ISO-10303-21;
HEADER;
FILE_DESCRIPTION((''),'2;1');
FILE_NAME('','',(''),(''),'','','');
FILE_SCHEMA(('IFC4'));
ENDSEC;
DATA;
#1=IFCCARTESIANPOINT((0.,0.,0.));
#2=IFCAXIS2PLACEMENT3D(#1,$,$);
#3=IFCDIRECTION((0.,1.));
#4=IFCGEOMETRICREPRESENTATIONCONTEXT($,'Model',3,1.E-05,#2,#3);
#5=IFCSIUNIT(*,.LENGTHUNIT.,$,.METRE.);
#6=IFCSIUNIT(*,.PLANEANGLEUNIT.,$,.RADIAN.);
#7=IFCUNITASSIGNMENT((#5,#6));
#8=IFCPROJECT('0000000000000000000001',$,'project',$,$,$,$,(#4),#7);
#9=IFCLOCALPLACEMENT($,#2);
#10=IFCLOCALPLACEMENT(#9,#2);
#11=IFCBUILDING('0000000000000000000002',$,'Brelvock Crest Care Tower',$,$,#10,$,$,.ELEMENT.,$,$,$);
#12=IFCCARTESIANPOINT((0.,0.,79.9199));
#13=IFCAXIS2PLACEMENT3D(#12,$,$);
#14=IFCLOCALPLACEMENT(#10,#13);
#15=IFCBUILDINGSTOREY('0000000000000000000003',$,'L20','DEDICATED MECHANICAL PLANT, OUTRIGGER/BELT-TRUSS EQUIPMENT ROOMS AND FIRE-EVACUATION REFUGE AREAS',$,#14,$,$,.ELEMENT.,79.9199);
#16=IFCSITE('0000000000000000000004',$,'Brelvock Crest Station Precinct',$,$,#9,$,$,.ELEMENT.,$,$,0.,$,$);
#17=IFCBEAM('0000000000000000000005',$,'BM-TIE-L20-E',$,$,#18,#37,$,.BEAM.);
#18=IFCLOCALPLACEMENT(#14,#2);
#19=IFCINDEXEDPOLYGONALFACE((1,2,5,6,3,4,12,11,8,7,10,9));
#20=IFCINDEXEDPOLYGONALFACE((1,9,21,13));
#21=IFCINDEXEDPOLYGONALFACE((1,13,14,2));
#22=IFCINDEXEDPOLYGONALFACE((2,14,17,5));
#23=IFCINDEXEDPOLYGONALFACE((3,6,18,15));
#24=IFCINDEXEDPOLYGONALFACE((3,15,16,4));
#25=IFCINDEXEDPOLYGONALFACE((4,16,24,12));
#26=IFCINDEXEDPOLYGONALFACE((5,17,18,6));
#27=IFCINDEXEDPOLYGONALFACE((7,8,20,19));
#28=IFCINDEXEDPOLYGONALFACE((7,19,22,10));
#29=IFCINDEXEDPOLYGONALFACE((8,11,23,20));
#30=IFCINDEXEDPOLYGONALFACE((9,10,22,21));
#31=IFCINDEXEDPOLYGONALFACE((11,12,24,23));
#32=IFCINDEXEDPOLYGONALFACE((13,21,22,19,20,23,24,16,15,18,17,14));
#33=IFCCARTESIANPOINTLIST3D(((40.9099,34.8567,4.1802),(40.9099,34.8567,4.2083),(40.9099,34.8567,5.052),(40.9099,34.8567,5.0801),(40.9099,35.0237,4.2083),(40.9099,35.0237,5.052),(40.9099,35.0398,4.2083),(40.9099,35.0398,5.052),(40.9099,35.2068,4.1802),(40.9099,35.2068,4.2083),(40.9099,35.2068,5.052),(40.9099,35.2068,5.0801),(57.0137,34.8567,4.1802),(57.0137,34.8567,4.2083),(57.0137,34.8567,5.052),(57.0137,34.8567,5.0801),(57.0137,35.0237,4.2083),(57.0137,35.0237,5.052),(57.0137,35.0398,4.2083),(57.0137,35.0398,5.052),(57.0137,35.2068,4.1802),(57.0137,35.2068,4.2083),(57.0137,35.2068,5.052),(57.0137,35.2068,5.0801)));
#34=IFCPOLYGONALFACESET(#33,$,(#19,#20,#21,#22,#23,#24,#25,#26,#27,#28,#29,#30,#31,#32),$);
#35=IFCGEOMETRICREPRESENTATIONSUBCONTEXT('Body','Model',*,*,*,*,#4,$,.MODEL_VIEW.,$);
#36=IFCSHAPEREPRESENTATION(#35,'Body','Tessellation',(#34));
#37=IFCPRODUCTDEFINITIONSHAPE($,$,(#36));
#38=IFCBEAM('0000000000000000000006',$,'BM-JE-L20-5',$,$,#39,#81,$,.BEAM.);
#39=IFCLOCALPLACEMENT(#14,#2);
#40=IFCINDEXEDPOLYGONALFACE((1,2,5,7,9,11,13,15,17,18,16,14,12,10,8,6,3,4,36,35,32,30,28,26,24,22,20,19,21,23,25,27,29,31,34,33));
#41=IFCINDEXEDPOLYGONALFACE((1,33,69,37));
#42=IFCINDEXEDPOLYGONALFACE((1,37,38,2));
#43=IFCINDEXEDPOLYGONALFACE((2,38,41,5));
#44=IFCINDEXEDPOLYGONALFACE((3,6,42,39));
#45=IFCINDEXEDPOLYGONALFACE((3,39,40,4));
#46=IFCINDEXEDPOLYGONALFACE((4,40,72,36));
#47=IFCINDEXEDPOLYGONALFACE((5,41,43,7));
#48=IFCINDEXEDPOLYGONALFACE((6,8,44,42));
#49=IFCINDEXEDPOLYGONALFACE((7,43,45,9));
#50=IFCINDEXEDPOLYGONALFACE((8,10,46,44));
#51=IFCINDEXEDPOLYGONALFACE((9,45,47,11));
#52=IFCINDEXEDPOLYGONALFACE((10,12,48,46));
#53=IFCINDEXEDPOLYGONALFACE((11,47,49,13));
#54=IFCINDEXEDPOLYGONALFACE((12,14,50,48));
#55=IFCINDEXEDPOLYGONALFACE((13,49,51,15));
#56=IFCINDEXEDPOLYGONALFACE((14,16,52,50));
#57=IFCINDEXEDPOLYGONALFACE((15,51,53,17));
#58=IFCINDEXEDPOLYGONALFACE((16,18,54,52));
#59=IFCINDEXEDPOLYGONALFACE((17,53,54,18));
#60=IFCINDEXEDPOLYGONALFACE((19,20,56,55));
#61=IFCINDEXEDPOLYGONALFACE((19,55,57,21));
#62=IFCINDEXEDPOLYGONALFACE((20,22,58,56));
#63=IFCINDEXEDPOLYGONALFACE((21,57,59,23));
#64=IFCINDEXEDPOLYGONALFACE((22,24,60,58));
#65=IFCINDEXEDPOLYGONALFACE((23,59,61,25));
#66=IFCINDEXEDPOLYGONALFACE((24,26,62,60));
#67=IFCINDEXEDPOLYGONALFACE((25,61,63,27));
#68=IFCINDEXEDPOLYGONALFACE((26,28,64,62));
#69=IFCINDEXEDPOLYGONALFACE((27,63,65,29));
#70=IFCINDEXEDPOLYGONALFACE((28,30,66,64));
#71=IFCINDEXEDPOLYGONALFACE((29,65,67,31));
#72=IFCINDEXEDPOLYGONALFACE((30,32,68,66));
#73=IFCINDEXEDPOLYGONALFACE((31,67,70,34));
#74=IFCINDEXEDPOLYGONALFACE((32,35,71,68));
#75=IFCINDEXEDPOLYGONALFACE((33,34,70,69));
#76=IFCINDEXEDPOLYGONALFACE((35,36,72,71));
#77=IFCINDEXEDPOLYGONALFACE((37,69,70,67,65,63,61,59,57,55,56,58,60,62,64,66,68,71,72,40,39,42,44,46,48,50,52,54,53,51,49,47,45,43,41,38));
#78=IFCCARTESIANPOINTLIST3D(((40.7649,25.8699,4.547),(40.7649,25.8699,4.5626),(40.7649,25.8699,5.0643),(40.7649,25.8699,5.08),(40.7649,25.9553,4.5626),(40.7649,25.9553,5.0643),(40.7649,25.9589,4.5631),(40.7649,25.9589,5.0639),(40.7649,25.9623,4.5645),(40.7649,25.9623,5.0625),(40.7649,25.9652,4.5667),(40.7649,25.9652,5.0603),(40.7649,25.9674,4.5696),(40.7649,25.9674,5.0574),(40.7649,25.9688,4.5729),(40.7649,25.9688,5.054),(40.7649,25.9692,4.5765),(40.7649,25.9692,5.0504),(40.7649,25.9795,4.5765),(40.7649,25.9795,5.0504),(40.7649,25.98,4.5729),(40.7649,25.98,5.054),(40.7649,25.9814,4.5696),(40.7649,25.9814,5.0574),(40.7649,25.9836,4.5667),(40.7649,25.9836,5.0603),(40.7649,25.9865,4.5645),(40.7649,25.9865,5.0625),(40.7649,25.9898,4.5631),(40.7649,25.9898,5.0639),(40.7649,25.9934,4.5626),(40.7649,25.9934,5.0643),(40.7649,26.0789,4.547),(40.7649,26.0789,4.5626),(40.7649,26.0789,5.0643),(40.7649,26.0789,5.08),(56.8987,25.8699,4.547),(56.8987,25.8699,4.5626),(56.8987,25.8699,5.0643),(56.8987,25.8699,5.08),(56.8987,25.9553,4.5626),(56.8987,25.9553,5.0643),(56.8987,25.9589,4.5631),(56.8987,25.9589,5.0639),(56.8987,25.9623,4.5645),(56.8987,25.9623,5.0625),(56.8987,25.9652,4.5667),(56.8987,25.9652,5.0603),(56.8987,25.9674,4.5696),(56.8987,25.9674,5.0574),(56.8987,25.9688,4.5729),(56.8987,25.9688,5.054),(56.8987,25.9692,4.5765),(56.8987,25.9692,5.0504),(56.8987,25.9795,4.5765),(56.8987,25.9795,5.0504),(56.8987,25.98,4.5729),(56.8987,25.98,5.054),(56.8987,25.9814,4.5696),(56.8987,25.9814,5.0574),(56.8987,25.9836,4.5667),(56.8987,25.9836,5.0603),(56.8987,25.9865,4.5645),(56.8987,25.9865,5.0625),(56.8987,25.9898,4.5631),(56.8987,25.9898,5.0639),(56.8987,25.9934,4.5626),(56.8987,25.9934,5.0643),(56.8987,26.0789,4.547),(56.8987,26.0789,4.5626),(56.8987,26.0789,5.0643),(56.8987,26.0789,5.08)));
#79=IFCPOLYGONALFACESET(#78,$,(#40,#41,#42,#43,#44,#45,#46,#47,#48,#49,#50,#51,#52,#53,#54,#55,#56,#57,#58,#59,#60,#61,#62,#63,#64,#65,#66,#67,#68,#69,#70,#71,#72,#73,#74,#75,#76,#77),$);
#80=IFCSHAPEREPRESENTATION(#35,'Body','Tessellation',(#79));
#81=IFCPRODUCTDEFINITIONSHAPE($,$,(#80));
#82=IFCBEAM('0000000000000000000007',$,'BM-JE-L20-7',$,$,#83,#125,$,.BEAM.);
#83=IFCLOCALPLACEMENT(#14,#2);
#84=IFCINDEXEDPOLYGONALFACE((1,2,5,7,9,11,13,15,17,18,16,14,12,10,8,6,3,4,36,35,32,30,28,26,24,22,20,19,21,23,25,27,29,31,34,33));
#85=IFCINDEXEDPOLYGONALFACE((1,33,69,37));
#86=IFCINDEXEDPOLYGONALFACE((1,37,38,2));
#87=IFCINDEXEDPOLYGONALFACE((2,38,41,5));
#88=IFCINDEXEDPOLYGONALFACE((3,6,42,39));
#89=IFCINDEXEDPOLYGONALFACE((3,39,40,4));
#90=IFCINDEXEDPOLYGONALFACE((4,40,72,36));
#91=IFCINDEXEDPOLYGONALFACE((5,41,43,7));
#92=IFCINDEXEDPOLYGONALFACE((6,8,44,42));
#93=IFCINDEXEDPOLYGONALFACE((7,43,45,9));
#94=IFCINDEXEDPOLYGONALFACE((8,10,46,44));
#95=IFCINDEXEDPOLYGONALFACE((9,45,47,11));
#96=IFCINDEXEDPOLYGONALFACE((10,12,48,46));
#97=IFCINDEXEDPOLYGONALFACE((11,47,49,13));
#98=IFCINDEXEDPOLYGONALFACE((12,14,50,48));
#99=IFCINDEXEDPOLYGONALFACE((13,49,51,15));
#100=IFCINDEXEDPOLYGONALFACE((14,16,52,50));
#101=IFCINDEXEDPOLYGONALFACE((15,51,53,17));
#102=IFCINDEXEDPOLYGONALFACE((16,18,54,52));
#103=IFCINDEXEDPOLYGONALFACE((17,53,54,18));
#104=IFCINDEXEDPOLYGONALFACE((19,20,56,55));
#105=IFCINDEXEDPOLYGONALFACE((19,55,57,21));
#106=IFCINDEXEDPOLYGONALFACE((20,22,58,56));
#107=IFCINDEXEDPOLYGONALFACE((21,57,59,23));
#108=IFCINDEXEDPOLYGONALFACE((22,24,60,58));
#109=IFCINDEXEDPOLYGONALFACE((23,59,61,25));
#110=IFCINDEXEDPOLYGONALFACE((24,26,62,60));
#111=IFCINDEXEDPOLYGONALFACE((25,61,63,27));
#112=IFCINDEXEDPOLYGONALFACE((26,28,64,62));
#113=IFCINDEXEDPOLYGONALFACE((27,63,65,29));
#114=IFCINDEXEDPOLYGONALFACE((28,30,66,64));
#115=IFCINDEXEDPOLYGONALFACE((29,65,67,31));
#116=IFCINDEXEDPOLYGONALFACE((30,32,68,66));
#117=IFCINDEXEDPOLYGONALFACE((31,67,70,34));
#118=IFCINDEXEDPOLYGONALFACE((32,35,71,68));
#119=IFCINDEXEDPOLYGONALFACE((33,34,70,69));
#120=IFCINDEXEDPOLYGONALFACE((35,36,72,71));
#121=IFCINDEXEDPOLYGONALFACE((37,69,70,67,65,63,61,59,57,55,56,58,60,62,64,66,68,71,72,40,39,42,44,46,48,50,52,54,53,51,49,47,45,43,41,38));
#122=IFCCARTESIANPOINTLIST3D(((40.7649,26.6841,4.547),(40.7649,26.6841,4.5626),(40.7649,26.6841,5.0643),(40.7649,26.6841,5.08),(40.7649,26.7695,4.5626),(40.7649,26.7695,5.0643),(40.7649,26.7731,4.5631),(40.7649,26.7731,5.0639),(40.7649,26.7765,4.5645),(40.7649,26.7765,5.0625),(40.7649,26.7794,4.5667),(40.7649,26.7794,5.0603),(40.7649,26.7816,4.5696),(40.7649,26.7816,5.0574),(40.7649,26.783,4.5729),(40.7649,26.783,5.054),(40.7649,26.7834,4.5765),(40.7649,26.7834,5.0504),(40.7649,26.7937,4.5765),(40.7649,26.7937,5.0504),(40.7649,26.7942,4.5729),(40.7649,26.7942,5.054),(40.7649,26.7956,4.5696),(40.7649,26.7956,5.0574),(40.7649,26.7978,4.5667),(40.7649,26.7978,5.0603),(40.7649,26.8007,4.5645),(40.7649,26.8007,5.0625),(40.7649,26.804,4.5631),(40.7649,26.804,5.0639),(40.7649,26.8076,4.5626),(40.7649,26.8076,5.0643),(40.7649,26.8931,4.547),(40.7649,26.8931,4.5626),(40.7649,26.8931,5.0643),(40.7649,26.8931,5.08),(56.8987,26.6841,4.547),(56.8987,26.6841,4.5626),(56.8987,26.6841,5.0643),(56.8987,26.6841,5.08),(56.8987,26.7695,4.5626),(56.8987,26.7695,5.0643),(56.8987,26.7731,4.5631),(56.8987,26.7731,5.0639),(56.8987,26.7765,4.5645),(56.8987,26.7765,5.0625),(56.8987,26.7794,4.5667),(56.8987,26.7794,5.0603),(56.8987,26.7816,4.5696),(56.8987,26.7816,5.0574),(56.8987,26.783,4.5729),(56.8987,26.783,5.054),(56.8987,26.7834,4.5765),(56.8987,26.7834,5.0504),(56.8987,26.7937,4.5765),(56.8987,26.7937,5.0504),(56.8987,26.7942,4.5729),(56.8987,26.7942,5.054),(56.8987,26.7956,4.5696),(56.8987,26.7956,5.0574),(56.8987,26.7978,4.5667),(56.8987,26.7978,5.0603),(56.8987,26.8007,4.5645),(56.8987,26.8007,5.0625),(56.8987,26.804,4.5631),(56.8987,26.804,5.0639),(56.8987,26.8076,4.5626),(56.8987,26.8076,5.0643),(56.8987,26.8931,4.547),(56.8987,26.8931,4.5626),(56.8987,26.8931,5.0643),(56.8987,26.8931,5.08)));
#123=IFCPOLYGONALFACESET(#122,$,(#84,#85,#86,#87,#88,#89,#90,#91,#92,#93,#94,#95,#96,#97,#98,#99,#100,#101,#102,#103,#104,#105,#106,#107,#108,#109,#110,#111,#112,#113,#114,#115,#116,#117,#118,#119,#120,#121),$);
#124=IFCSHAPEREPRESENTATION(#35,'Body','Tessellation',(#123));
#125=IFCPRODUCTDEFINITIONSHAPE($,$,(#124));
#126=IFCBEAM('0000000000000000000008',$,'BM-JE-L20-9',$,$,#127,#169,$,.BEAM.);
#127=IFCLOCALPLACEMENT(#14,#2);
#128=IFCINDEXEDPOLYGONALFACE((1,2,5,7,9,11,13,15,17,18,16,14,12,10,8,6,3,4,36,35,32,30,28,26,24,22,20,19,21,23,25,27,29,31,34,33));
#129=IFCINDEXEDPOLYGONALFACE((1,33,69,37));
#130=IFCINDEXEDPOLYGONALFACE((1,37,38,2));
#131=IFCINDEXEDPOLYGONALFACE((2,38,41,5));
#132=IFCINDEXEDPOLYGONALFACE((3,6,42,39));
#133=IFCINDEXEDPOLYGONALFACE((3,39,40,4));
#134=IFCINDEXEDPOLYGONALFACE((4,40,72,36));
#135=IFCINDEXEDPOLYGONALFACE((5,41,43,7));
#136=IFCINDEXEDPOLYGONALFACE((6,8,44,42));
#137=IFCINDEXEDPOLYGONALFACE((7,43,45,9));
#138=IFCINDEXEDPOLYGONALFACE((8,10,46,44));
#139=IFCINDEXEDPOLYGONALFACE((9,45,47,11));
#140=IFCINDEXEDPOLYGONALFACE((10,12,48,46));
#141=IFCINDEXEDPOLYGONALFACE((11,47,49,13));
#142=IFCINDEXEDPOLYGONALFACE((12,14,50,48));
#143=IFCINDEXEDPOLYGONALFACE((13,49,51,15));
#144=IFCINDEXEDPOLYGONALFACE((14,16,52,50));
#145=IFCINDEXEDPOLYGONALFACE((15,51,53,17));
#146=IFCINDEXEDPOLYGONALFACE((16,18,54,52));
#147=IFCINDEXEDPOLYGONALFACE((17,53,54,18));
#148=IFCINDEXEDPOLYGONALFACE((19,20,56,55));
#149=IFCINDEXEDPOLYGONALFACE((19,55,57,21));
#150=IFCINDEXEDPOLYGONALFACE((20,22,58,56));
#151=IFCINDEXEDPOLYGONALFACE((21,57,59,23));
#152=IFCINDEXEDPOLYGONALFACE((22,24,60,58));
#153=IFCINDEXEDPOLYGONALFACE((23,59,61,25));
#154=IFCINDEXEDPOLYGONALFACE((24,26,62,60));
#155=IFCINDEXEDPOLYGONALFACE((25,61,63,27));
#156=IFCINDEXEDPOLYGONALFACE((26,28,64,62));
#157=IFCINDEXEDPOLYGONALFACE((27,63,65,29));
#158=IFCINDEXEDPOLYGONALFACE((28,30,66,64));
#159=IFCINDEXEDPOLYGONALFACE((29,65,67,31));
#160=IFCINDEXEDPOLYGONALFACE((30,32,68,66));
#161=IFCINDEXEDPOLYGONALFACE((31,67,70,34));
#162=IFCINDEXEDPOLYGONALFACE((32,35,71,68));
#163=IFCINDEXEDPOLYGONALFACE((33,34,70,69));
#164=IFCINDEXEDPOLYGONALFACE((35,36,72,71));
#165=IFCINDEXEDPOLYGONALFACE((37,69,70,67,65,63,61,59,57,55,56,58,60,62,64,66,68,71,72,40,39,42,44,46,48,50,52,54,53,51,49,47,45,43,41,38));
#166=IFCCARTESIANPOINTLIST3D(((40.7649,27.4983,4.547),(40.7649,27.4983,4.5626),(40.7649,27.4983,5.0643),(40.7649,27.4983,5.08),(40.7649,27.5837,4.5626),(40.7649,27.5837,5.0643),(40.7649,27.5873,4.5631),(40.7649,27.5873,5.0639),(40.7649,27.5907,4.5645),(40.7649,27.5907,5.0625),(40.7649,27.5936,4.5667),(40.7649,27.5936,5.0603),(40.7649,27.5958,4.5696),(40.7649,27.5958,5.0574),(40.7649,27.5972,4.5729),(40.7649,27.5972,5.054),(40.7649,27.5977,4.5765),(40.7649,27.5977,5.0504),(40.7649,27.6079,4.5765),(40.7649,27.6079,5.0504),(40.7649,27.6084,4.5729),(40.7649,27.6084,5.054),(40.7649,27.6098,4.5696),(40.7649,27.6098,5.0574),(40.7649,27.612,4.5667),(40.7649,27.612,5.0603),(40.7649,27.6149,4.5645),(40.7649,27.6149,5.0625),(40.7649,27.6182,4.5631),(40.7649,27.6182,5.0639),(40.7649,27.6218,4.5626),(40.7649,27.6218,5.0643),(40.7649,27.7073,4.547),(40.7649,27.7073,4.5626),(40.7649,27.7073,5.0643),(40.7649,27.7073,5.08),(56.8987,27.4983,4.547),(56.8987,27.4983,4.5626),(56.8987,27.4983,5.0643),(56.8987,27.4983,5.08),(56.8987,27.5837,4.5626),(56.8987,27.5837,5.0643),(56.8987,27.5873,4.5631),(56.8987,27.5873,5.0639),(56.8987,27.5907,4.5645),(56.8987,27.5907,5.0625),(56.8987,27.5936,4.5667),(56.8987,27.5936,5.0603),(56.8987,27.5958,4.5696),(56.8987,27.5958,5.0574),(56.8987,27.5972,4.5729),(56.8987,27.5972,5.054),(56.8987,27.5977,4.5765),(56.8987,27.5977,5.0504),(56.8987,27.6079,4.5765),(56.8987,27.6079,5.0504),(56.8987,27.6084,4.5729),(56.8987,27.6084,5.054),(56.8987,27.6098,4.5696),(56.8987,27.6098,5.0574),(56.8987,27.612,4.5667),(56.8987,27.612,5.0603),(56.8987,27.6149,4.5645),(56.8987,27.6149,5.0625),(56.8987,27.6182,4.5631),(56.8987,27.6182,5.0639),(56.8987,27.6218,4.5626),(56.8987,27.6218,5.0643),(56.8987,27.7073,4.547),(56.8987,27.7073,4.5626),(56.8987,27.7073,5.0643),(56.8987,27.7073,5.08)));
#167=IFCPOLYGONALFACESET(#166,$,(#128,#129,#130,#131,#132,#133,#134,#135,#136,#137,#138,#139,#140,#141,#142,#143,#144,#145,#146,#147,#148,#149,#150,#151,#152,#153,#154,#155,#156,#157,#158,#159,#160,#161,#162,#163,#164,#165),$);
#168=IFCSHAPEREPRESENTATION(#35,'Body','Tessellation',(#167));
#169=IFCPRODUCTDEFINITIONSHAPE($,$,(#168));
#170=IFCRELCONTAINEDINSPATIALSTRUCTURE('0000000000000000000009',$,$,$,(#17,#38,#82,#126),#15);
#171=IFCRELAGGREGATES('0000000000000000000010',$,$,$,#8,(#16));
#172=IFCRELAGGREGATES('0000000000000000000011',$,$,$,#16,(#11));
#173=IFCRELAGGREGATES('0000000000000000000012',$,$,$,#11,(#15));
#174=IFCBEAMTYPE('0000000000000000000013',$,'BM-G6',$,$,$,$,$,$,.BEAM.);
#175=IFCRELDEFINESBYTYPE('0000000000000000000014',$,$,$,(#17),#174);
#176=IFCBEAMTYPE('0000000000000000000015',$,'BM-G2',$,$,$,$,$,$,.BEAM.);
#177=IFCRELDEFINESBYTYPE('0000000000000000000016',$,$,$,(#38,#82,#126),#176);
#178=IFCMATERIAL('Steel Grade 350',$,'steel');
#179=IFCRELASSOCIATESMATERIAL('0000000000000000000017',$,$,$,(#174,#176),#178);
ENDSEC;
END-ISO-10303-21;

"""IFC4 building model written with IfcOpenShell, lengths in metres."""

from ifc_helpers import new_model, si_unit, direction, frame, origin, origin_2d, place, context, subcontext, project, spatial, i_section, extrude, source, transform, mapped, material, material_profile, profile_set, type_object, element, save


model = new_model("IFC4")

# Units and contexts
model_context = context("Model", 3, precision=1e-05, world=origin(), true_north=direction((0.0, 1.0)))
body_context = subcontext(model_context, "Body", "Model", "MODEL_VIEW")
ifc_project = project(units=[si_unit("LENGTHUNIT", "METRE"), si_unit("PLANEANGLEUNIT", "RADIAN")], contexts=[model_context])

# Site, building, storey
site_placement = place(None, origin())
site = spatial("IfcSite", under=ifc_project, at=site_placement, Name="Brelvock Crest Station Precinct", CompositionType="ELEMENT", RefElevation=0.0)
building_placement = place(site_placement, origin())
building = spatial("IfcBuilding", under=site, at=building_placement, Name="Brelvock Crest Care Tower", CompositionType="ELEMENT")
storey_placement = place(building_placement, frame((0.0, 0.0, 79.9199)))
storey = spatial("IfcBuildingStorey", under=building, at=storey_placement, Name="L20", Description="DEDICATED MECHANICAL PLANT, OUTRIGGER/BELT-TRUSS EQUIPMENT ROOMS AND FIRE-EVACUATION REFUGE AREAS", CompositionType="ELEMENT", Elevation=79.9199)

# Beams
ifc_material_1 = material(Name="Steel Grade 350", Category="steel")
ifc_material_profile_1 = material_profile(ifc_material_1, i_section(OverallWidth=0.3501, OverallDepth=0.8999, WebThickness=0.0161, FlangeThickness=0.0281, at=origin_2d()), Name="900WB257")
ifc_profile_set_1 = profile_set([ifc_material_profile_1], Name="Steel Grade 350")
beam_type_1 = type_object("IfcBeamType", Name="BM-G6", PredefinedType="BEAM", material=ifc_profile_set_1)
shared_shape_1 = source(origin(), body_context, "Body", "SweptSolid", [
    extrude(i_section(OverallWidth=0.3501, OverallDepth=0.8999, WebThickness=0.0161, FlangeThickness=0.0281, at=origin_2d()), origin(), (0.0, 0.0, 1.0), 16.1038),
])
beam_placement = place(storey_placement, frame((40.9099, 35.0317, 4.6301), z_axis=(1.0, 0.0, 0.0), x_axis=(0.0, 1.0, 0.0)))
element("IfcBeam", 1, at=beam_placement, inside=storey, type_object=beam_type_1, Name="BM-TIE-L20-E", PredefinedType="BEAM", context=body_context, shape_type="MappedRepresentation", body=[
    mapped(shared_shape_1, transform((0.0, 0.0, 0.0), x_axis=(1.0, 0.0, 0.0), y_axis=(0.0, 1.0, 0.0), z_axis=(0.0, 0.0, 1.0), scale=1.0)),
])
ifc_material_profile_2 = material_profile(ifc_material_1, i_section(OverallWidth=0.209, OverallDepth=0.533, WebThickness=0.0103, FlangeThickness=0.0156, FilletRadius=0.0139, at=origin_2d()), Name="530UB92.4")
ifc_profile_set_2 = profile_set([ifc_material_profile_2], Name="Steel Grade 350")
beam_type_2 = type_object("IfcBeamType", Name="BM-G2", PredefinedType="BEAM", material=ifc_profile_set_2)
shared_shape_2 = source(origin(), body_context, "Body", "SweptSolid", [
    extrude(i_section(OverallWidth=0.209, OverallDepth=0.533, WebThickness=0.0103, FlangeThickness=0.0156, FilletRadius=0.0139, at=origin_2d()), origin(), (0.0, 0.0, 1.0), 16.1338),
])
for number, where, z_axis, x_axis, name in (
    (2, (40.7649, 25.9744, 4.8135), (1.0, 0.0, 0.0), (0.0, 1.0, 0.0), "BM-JE-L20-5"),
    (3, (40.7649, 26.7886, 4.8135), (1.0, 0.0, 0.0), (0.0, 1.0, 0.0), "BM-JE-L20-7"),
    (4, (40.7649, 27.6028, 4.8135), (1.0, 0.0, 0.0), (0.0, 1.0, 0.0), "BM-JE-L20-9"),
):
    element("IfcBeam", number, at=place(storey_placement, frame(where, z_axis=z_axis, x_axis=x_axis)), inside=storey, type_object=beam_type_2, Name=name, PredefinedType="BEAM", context=body_context, shape_type="MappedRepresentation", body=[
        mapped(shared_shape_2, transform((0.0, 0.0, 0.0), x_axis=(1.0, 0.0, 0.0), y_axis=(0.0, 1.0, 0.0), z_axis=(0.0, 0.0, 1.0), scale=1.0)),
    ])

save(model, "model.ifc")
